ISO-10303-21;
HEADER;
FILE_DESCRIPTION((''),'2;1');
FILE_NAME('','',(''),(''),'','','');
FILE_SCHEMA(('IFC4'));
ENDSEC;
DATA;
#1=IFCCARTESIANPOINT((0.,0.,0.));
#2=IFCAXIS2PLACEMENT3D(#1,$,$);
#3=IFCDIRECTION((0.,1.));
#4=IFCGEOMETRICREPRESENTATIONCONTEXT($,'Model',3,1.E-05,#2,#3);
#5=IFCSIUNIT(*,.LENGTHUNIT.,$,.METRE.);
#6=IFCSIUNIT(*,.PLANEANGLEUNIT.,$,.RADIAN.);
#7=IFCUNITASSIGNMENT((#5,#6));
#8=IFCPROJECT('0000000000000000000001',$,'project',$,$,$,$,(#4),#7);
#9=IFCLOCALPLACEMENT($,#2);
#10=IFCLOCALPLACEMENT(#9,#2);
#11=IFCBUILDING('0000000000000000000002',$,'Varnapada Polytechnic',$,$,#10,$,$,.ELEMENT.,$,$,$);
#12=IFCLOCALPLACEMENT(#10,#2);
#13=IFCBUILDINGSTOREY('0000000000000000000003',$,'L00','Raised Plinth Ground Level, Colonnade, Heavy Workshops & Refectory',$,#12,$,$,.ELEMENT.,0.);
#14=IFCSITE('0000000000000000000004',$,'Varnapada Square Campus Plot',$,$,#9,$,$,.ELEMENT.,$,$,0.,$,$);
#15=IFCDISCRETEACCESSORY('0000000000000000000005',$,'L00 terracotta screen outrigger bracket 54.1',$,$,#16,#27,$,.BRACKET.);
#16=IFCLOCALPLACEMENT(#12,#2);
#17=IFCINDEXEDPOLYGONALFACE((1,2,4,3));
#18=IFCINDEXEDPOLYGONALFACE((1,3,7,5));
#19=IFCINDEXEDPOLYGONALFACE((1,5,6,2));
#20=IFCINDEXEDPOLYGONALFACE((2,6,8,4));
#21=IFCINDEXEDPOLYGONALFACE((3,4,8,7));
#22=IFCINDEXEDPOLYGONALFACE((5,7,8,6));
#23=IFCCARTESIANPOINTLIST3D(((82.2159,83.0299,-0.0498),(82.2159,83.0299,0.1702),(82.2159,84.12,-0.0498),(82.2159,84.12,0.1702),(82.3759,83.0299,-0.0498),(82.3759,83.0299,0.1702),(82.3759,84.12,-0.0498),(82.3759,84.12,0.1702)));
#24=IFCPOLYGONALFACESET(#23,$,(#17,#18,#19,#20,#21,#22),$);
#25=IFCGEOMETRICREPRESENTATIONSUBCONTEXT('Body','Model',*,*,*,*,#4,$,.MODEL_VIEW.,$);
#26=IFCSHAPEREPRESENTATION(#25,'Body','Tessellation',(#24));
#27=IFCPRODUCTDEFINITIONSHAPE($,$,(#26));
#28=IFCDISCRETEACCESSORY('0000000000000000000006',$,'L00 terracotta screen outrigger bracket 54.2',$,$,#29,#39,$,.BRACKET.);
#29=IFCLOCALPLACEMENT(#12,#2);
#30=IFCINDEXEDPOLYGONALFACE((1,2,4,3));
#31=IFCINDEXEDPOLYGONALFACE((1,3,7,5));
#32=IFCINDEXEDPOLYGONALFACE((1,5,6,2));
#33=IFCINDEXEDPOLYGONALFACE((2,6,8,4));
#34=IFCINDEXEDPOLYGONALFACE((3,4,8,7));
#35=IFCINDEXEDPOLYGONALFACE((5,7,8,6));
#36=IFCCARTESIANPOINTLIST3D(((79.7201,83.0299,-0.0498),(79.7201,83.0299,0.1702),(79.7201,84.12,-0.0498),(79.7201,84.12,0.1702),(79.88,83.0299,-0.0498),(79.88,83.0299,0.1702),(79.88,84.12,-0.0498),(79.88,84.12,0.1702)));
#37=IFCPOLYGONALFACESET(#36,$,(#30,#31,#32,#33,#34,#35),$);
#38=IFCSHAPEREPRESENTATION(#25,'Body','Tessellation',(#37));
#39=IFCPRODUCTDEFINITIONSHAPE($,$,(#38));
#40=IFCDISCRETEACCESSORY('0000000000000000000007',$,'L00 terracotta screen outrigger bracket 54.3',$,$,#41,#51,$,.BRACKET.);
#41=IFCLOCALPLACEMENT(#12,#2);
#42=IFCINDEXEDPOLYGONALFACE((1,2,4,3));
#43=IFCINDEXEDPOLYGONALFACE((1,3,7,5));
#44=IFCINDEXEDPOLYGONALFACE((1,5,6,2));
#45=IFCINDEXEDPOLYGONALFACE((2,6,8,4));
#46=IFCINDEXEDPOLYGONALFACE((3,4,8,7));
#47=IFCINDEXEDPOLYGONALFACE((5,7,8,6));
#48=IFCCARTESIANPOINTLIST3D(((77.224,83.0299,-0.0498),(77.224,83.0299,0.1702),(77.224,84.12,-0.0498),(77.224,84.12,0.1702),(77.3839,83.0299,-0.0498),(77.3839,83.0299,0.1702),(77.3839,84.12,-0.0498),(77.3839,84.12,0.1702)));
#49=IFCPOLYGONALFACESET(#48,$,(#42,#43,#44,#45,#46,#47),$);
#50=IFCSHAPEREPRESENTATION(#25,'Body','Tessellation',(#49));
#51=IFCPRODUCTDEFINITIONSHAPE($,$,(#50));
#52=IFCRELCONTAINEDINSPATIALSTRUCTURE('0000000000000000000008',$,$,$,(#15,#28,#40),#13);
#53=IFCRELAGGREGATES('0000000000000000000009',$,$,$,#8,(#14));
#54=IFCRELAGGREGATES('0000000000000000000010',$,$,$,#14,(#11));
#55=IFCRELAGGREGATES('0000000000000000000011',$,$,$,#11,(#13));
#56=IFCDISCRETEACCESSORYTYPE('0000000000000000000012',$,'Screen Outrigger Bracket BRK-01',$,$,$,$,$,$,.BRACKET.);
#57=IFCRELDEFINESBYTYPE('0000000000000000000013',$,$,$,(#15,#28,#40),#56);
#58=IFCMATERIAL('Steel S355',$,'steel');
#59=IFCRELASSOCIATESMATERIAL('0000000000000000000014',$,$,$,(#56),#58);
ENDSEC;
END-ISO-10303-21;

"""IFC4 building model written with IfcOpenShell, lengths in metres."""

from ifc_helpers import new_model, si_unit, direction, frame, origin, origin_2d, place, context, subcontext, project, spatial, rectangle, extrude, material, type_object, element, save


model = new_model("IFC4")

# Units and contexts
model_context = context("Model", 3, precision=1e-05, world=origin(), true_north=direction((0.0, 1.0)))
body_context = subcontext(model_context, "Body", "Model", "MODEL_VIEW")
ifc_project = project(units=[si_unit("LENGTHUNIT", "METRE"), si_unit("PLANEANGLEUNIT", "RADIAN")], contexts=[model_context])

# Site, building, storey
site_placement = place(None, origin())
site = spatial("IfcSite", under=ifc_project, at=site_placement, Name="Varnapada Square Campus Plot", CompositionType="ELEMENT", RefElevation=0.0)
building_placement = place(site_placement, origin())
building = spatial("IfcBuilding", under=site, at=building_placement, Name="Varnapada Polytechnic", CompositionType="ELEMENT")
storey_placement = place(building_placement, origin())
storey = spatial("IfcBuildingStorey", under=building, at=storey_placement, Name="L00", Description="Raised Plinth Ground Level, Colonnade, Heavy Workshops & Refectory", CompositionType="ELEMENT", Elevation=0.0)

# Discrete accessories
ifc_material_1 = material(Name="Steel S355", Category="steel")
discrete_accessory_type = type_object("IfcDiscreteAccessoryType", Name="Screen Outrigger Bracket BRK-01", PredefinedType="BRACKET", material=ifc_material_1)
for number, where, z_axis, x_axis, name in (
    (1, (82.2959, 83.575, -0.0498), (0.0, 0.0, 1.0), (-1.0, 0.0, 0.0), "L00 terracotta screen outrigger bracket 54.1"),
    (2, (79.8, 83.575, -0.0498), (0.0, 0.0, 1.0), (-1.0, 0.0, 0.0), "L00 terracotta screen outrigger bracket 54.2"),
    (3, (77.304, 83.575, -0.0498), (0.0, 0.0, 1.0), (-1.0, 0.0, 0.0), "L00 terracotta screen outrigger bracket 54.3"),
):
    element("IfcDiscreteAccessory", number, at=place(storey_placement, frame(where, z_axis=z_axis, x_axis=x_axis)), inside=storey, type_object=discrete_accessory_type, Name=name, PredefinedType="BRACKET", context=body_context, shape_type="SweptSolid", body=[
        extrude(rectangle(XDim=0.1599, YDim=1.0901, at=origin_2d()), origin(), (0.0, 0.0, 1.0), 0.22),
    ])

save(model, "model.ifc")
